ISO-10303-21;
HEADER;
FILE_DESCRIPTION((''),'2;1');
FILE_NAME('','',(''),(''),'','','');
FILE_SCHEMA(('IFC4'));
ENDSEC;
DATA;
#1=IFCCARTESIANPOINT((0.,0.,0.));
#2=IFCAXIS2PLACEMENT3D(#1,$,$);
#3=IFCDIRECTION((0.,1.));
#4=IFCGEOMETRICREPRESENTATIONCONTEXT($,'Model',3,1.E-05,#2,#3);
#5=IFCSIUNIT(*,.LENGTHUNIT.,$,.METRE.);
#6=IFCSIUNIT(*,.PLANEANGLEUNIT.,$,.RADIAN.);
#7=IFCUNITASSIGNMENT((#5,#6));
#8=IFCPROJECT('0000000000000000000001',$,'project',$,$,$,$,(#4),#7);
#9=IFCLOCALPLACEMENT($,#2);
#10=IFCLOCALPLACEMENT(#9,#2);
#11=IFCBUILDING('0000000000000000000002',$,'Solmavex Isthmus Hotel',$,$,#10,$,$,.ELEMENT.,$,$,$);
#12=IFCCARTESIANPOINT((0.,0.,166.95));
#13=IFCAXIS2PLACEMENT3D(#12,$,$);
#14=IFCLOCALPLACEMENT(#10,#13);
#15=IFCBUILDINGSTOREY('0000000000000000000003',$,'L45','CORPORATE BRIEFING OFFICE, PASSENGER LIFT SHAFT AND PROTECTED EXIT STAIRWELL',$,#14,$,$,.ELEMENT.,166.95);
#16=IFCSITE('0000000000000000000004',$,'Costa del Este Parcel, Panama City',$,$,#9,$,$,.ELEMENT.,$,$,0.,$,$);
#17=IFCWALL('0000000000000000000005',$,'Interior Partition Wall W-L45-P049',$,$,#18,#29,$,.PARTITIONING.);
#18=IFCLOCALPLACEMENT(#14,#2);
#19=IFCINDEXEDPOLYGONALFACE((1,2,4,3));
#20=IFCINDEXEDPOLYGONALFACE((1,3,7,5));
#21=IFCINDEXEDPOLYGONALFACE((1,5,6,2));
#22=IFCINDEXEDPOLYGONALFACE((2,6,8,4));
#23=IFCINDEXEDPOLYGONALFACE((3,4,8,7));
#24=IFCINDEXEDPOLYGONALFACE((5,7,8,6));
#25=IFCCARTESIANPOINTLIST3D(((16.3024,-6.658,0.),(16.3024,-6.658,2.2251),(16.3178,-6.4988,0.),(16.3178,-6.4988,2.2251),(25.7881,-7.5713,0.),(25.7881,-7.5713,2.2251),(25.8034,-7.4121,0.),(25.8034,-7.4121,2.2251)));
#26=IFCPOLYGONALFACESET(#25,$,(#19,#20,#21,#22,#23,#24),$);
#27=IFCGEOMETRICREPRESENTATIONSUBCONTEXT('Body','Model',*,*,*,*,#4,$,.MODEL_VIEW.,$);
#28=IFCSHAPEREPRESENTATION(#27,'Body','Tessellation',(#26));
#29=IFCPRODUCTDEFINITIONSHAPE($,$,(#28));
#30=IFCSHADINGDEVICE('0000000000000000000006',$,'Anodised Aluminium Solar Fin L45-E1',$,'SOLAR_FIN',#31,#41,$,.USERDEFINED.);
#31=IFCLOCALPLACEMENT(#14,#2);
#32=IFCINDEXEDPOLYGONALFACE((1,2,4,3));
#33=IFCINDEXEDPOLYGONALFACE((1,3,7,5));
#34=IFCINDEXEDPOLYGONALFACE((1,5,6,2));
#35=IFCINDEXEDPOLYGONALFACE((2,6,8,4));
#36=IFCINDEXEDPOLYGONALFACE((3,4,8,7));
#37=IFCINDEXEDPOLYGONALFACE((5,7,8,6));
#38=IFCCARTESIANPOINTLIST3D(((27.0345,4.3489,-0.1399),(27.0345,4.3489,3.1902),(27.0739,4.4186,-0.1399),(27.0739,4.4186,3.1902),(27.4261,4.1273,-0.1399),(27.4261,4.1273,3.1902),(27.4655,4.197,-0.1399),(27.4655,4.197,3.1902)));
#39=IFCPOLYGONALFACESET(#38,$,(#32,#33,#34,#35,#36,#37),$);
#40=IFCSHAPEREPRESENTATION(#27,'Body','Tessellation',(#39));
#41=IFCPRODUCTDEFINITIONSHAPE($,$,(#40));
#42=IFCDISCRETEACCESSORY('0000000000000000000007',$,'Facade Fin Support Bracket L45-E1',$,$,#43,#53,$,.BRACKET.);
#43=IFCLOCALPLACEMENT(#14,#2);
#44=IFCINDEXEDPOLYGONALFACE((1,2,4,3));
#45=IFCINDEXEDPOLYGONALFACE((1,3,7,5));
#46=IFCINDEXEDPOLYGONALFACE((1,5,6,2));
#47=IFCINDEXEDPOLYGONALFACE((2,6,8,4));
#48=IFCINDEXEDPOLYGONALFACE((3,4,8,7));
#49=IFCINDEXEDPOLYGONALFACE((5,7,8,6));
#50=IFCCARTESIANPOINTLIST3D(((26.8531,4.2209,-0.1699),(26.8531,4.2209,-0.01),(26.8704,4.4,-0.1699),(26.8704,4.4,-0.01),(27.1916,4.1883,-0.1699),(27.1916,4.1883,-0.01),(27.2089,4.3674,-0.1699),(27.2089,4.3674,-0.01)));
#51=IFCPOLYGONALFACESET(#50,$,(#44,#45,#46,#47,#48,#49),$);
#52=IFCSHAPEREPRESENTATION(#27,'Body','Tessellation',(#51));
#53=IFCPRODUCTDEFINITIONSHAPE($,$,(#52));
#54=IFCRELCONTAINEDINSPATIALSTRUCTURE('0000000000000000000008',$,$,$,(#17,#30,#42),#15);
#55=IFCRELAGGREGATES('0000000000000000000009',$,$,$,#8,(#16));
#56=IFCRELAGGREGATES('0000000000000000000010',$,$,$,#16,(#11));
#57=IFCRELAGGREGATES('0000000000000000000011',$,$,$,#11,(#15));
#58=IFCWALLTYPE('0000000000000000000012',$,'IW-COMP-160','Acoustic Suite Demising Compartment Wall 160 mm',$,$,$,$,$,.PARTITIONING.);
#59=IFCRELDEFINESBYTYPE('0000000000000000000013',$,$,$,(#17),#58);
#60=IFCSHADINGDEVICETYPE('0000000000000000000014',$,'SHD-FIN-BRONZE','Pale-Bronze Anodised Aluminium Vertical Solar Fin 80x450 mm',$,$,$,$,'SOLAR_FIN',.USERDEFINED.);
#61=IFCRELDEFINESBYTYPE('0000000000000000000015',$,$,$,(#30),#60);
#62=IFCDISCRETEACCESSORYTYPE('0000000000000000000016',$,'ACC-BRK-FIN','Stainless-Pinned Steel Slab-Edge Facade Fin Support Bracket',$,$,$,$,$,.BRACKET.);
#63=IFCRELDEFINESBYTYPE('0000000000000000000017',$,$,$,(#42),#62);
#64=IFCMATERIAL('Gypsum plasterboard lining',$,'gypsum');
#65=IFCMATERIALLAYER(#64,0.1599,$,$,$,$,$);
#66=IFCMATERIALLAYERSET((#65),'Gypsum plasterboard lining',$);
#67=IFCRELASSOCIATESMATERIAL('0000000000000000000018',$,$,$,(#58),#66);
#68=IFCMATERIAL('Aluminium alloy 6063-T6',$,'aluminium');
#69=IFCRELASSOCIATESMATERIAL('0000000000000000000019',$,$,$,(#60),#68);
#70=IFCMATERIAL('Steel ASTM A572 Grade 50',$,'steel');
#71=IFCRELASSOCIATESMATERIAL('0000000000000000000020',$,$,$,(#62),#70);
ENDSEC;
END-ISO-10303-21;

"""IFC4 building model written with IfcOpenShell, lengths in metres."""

from ifc_helpers import new_model, si_unit, direction, frame, frame_2d, origin, origin_2d, place, context, subcontext, project, spatial, rectangle, extrude, material, layer, layer_set, type_object, element, save


model = new_model("IFC4")

# Units and contexts
model_context = context("Model", 3, precision=1e-05, world=origin(), true_north=direction((0.0, 1.0)))
body_context = subcontext(model_context, "Body", "Model", "MODEL_VIEW")
ifc_project = project(units=[si_unit("LENGTHUNIT", "METRE"), si_unit("PLANEANGLEUNIT", "RADIAN")], contexts=[model_context])

# Site, building, storey
site_placement = place(None, origin())
site = spatial("IfcSite", under=ifc_project, at=site_placement, Name="Costa del Este Parcel, Panama City", CompositionType="ELEMENT", RefElevation=0.0)
building_placement = place(site_placement, origin())
building = spatial("IfcBuilding", under=site, at=building_placement, Name="Solmavex Isthmus Hotel", CompositionType="ELEMENT")
storey_placement = place(building_placement, frame((0.0, 0.0, 166.95)))
storey = spatial("IfcBuildingStorey", under=building, at=storey_placement, Name="L45", Description="CORPORATE BRIEFING OFFICE, PASSENGER LIFT SHAFT AND PROTECTED EXIT STAIRWELL", CompositionType="ELEMENT", Elevation=166.95)

# Shared definitions
ifc_material_1 = material(Name="Aluminium alloy 6063-T6", Category="aluminium")

# Wall
ifc_material_2 = material(Name="Gypsum plasterboard lining", Category="gypsum")
ifc_layer_1 = layer(ifc_material_2, 0.1599)
ifc_layer_set_1 = layer_set([ifc_layer_1], Name="Gypsum plasterboard lining")
wall_type = type_object("IfcWallType", Name="IW-COMP-160", Description="Acoustic Suite Demising Compartment Wall 160 mm", PredefinedType="PARTITIONING", material=ifc_layer_set_1)
wall_1_placement = place(storey_placement, frame((25.7957, -7.4917, 0.0), z_axis=(0.0, 0.0, 1.0), x_axis=(-0.995396, 0.095843, 0.0)))
element("IfcWall", 1, at=wall_1_placement, inside=storey, type_object=wall_type, Name="Interior Partition Wall W-L45-P049", PredefinedType="PARTITIONING", context=body_context, shape_type="SweptSolid", body=[
    extrude(rectangle(XDim=9.5295, YDim=0.1599, at=frame_2d((4.7646, 0.0))), origin(), (0.0, 0.0, 1.0), 2.2251),
])

# Shading device
shading_device_type = type_object("IfcShadingDeviceType", Name="SHD-FIN-BRONZE", Description="Pale-Bronze Anodised Aluminium Vertical Solar Fin 80x450 mm", ElementType="SOLAR_FIN", PredefinedType="USERDEFINED", material=ifc_material_1)
shading_device_placement = place(storey_placement, frame((27.25, 4.2729, -0.1399), z_axis=(0.0, 0.0, 1.0), x_axis=(0.870356, -0.492424, 0.0)))
element("IfcShadingDevice", 2, at=shading_device_placement, inside=storey, type_object=shading_device_type, Name="Anodised Aluminium Solar Fin L45-E1", ObjectType="SOLAR_FIN", PredefinedType="USERDEFINED", context=body_context, shape_type="SweptSolid", body=[
    extrude(rectangle(XDim=0.45, YDim=0.0801, at=origin_2d()), origin(), (0.0, 0.0, 1.0), 3.3301),
])

# Discrete accessory
ifc_material_3 = material(Name="Steel ASTM A572 Grade 50", Category="steel")
discrete_accessory_type = type_object("IfcDiscreteAccessoryType", Name="ACC-BRK-FIN", Description="Stainless-Pinned Steel Slab-Edge Facade Fin Support Bracket", PredefinedType="BRACKET", material=ifc_material_3)
discrete_accessory_placement = place(storey_placement, frame((27.031, 4.2942, -0.1699), z_axis=(0.0, 0.0, 1.0), x_axis=(0.995396, -0.095846, 0.0)))
element("IfcDiscreteAccessory", 3, at=discrete_accessory_placement, inside=storey, type_object=discrete_accessory_type, Name="Facade Fin Support Bracket L45-E1", PredefinedType="BRACKET", context=body_context, shape_type="SweptSolid", body=[
    extrude(rectangle(XDim=0.3401, YDim=0.1799, at=origin_2d()), origin(), (0.0, 0.0, 1.0), 0.1599),
])

save(model, "model.ifc")
